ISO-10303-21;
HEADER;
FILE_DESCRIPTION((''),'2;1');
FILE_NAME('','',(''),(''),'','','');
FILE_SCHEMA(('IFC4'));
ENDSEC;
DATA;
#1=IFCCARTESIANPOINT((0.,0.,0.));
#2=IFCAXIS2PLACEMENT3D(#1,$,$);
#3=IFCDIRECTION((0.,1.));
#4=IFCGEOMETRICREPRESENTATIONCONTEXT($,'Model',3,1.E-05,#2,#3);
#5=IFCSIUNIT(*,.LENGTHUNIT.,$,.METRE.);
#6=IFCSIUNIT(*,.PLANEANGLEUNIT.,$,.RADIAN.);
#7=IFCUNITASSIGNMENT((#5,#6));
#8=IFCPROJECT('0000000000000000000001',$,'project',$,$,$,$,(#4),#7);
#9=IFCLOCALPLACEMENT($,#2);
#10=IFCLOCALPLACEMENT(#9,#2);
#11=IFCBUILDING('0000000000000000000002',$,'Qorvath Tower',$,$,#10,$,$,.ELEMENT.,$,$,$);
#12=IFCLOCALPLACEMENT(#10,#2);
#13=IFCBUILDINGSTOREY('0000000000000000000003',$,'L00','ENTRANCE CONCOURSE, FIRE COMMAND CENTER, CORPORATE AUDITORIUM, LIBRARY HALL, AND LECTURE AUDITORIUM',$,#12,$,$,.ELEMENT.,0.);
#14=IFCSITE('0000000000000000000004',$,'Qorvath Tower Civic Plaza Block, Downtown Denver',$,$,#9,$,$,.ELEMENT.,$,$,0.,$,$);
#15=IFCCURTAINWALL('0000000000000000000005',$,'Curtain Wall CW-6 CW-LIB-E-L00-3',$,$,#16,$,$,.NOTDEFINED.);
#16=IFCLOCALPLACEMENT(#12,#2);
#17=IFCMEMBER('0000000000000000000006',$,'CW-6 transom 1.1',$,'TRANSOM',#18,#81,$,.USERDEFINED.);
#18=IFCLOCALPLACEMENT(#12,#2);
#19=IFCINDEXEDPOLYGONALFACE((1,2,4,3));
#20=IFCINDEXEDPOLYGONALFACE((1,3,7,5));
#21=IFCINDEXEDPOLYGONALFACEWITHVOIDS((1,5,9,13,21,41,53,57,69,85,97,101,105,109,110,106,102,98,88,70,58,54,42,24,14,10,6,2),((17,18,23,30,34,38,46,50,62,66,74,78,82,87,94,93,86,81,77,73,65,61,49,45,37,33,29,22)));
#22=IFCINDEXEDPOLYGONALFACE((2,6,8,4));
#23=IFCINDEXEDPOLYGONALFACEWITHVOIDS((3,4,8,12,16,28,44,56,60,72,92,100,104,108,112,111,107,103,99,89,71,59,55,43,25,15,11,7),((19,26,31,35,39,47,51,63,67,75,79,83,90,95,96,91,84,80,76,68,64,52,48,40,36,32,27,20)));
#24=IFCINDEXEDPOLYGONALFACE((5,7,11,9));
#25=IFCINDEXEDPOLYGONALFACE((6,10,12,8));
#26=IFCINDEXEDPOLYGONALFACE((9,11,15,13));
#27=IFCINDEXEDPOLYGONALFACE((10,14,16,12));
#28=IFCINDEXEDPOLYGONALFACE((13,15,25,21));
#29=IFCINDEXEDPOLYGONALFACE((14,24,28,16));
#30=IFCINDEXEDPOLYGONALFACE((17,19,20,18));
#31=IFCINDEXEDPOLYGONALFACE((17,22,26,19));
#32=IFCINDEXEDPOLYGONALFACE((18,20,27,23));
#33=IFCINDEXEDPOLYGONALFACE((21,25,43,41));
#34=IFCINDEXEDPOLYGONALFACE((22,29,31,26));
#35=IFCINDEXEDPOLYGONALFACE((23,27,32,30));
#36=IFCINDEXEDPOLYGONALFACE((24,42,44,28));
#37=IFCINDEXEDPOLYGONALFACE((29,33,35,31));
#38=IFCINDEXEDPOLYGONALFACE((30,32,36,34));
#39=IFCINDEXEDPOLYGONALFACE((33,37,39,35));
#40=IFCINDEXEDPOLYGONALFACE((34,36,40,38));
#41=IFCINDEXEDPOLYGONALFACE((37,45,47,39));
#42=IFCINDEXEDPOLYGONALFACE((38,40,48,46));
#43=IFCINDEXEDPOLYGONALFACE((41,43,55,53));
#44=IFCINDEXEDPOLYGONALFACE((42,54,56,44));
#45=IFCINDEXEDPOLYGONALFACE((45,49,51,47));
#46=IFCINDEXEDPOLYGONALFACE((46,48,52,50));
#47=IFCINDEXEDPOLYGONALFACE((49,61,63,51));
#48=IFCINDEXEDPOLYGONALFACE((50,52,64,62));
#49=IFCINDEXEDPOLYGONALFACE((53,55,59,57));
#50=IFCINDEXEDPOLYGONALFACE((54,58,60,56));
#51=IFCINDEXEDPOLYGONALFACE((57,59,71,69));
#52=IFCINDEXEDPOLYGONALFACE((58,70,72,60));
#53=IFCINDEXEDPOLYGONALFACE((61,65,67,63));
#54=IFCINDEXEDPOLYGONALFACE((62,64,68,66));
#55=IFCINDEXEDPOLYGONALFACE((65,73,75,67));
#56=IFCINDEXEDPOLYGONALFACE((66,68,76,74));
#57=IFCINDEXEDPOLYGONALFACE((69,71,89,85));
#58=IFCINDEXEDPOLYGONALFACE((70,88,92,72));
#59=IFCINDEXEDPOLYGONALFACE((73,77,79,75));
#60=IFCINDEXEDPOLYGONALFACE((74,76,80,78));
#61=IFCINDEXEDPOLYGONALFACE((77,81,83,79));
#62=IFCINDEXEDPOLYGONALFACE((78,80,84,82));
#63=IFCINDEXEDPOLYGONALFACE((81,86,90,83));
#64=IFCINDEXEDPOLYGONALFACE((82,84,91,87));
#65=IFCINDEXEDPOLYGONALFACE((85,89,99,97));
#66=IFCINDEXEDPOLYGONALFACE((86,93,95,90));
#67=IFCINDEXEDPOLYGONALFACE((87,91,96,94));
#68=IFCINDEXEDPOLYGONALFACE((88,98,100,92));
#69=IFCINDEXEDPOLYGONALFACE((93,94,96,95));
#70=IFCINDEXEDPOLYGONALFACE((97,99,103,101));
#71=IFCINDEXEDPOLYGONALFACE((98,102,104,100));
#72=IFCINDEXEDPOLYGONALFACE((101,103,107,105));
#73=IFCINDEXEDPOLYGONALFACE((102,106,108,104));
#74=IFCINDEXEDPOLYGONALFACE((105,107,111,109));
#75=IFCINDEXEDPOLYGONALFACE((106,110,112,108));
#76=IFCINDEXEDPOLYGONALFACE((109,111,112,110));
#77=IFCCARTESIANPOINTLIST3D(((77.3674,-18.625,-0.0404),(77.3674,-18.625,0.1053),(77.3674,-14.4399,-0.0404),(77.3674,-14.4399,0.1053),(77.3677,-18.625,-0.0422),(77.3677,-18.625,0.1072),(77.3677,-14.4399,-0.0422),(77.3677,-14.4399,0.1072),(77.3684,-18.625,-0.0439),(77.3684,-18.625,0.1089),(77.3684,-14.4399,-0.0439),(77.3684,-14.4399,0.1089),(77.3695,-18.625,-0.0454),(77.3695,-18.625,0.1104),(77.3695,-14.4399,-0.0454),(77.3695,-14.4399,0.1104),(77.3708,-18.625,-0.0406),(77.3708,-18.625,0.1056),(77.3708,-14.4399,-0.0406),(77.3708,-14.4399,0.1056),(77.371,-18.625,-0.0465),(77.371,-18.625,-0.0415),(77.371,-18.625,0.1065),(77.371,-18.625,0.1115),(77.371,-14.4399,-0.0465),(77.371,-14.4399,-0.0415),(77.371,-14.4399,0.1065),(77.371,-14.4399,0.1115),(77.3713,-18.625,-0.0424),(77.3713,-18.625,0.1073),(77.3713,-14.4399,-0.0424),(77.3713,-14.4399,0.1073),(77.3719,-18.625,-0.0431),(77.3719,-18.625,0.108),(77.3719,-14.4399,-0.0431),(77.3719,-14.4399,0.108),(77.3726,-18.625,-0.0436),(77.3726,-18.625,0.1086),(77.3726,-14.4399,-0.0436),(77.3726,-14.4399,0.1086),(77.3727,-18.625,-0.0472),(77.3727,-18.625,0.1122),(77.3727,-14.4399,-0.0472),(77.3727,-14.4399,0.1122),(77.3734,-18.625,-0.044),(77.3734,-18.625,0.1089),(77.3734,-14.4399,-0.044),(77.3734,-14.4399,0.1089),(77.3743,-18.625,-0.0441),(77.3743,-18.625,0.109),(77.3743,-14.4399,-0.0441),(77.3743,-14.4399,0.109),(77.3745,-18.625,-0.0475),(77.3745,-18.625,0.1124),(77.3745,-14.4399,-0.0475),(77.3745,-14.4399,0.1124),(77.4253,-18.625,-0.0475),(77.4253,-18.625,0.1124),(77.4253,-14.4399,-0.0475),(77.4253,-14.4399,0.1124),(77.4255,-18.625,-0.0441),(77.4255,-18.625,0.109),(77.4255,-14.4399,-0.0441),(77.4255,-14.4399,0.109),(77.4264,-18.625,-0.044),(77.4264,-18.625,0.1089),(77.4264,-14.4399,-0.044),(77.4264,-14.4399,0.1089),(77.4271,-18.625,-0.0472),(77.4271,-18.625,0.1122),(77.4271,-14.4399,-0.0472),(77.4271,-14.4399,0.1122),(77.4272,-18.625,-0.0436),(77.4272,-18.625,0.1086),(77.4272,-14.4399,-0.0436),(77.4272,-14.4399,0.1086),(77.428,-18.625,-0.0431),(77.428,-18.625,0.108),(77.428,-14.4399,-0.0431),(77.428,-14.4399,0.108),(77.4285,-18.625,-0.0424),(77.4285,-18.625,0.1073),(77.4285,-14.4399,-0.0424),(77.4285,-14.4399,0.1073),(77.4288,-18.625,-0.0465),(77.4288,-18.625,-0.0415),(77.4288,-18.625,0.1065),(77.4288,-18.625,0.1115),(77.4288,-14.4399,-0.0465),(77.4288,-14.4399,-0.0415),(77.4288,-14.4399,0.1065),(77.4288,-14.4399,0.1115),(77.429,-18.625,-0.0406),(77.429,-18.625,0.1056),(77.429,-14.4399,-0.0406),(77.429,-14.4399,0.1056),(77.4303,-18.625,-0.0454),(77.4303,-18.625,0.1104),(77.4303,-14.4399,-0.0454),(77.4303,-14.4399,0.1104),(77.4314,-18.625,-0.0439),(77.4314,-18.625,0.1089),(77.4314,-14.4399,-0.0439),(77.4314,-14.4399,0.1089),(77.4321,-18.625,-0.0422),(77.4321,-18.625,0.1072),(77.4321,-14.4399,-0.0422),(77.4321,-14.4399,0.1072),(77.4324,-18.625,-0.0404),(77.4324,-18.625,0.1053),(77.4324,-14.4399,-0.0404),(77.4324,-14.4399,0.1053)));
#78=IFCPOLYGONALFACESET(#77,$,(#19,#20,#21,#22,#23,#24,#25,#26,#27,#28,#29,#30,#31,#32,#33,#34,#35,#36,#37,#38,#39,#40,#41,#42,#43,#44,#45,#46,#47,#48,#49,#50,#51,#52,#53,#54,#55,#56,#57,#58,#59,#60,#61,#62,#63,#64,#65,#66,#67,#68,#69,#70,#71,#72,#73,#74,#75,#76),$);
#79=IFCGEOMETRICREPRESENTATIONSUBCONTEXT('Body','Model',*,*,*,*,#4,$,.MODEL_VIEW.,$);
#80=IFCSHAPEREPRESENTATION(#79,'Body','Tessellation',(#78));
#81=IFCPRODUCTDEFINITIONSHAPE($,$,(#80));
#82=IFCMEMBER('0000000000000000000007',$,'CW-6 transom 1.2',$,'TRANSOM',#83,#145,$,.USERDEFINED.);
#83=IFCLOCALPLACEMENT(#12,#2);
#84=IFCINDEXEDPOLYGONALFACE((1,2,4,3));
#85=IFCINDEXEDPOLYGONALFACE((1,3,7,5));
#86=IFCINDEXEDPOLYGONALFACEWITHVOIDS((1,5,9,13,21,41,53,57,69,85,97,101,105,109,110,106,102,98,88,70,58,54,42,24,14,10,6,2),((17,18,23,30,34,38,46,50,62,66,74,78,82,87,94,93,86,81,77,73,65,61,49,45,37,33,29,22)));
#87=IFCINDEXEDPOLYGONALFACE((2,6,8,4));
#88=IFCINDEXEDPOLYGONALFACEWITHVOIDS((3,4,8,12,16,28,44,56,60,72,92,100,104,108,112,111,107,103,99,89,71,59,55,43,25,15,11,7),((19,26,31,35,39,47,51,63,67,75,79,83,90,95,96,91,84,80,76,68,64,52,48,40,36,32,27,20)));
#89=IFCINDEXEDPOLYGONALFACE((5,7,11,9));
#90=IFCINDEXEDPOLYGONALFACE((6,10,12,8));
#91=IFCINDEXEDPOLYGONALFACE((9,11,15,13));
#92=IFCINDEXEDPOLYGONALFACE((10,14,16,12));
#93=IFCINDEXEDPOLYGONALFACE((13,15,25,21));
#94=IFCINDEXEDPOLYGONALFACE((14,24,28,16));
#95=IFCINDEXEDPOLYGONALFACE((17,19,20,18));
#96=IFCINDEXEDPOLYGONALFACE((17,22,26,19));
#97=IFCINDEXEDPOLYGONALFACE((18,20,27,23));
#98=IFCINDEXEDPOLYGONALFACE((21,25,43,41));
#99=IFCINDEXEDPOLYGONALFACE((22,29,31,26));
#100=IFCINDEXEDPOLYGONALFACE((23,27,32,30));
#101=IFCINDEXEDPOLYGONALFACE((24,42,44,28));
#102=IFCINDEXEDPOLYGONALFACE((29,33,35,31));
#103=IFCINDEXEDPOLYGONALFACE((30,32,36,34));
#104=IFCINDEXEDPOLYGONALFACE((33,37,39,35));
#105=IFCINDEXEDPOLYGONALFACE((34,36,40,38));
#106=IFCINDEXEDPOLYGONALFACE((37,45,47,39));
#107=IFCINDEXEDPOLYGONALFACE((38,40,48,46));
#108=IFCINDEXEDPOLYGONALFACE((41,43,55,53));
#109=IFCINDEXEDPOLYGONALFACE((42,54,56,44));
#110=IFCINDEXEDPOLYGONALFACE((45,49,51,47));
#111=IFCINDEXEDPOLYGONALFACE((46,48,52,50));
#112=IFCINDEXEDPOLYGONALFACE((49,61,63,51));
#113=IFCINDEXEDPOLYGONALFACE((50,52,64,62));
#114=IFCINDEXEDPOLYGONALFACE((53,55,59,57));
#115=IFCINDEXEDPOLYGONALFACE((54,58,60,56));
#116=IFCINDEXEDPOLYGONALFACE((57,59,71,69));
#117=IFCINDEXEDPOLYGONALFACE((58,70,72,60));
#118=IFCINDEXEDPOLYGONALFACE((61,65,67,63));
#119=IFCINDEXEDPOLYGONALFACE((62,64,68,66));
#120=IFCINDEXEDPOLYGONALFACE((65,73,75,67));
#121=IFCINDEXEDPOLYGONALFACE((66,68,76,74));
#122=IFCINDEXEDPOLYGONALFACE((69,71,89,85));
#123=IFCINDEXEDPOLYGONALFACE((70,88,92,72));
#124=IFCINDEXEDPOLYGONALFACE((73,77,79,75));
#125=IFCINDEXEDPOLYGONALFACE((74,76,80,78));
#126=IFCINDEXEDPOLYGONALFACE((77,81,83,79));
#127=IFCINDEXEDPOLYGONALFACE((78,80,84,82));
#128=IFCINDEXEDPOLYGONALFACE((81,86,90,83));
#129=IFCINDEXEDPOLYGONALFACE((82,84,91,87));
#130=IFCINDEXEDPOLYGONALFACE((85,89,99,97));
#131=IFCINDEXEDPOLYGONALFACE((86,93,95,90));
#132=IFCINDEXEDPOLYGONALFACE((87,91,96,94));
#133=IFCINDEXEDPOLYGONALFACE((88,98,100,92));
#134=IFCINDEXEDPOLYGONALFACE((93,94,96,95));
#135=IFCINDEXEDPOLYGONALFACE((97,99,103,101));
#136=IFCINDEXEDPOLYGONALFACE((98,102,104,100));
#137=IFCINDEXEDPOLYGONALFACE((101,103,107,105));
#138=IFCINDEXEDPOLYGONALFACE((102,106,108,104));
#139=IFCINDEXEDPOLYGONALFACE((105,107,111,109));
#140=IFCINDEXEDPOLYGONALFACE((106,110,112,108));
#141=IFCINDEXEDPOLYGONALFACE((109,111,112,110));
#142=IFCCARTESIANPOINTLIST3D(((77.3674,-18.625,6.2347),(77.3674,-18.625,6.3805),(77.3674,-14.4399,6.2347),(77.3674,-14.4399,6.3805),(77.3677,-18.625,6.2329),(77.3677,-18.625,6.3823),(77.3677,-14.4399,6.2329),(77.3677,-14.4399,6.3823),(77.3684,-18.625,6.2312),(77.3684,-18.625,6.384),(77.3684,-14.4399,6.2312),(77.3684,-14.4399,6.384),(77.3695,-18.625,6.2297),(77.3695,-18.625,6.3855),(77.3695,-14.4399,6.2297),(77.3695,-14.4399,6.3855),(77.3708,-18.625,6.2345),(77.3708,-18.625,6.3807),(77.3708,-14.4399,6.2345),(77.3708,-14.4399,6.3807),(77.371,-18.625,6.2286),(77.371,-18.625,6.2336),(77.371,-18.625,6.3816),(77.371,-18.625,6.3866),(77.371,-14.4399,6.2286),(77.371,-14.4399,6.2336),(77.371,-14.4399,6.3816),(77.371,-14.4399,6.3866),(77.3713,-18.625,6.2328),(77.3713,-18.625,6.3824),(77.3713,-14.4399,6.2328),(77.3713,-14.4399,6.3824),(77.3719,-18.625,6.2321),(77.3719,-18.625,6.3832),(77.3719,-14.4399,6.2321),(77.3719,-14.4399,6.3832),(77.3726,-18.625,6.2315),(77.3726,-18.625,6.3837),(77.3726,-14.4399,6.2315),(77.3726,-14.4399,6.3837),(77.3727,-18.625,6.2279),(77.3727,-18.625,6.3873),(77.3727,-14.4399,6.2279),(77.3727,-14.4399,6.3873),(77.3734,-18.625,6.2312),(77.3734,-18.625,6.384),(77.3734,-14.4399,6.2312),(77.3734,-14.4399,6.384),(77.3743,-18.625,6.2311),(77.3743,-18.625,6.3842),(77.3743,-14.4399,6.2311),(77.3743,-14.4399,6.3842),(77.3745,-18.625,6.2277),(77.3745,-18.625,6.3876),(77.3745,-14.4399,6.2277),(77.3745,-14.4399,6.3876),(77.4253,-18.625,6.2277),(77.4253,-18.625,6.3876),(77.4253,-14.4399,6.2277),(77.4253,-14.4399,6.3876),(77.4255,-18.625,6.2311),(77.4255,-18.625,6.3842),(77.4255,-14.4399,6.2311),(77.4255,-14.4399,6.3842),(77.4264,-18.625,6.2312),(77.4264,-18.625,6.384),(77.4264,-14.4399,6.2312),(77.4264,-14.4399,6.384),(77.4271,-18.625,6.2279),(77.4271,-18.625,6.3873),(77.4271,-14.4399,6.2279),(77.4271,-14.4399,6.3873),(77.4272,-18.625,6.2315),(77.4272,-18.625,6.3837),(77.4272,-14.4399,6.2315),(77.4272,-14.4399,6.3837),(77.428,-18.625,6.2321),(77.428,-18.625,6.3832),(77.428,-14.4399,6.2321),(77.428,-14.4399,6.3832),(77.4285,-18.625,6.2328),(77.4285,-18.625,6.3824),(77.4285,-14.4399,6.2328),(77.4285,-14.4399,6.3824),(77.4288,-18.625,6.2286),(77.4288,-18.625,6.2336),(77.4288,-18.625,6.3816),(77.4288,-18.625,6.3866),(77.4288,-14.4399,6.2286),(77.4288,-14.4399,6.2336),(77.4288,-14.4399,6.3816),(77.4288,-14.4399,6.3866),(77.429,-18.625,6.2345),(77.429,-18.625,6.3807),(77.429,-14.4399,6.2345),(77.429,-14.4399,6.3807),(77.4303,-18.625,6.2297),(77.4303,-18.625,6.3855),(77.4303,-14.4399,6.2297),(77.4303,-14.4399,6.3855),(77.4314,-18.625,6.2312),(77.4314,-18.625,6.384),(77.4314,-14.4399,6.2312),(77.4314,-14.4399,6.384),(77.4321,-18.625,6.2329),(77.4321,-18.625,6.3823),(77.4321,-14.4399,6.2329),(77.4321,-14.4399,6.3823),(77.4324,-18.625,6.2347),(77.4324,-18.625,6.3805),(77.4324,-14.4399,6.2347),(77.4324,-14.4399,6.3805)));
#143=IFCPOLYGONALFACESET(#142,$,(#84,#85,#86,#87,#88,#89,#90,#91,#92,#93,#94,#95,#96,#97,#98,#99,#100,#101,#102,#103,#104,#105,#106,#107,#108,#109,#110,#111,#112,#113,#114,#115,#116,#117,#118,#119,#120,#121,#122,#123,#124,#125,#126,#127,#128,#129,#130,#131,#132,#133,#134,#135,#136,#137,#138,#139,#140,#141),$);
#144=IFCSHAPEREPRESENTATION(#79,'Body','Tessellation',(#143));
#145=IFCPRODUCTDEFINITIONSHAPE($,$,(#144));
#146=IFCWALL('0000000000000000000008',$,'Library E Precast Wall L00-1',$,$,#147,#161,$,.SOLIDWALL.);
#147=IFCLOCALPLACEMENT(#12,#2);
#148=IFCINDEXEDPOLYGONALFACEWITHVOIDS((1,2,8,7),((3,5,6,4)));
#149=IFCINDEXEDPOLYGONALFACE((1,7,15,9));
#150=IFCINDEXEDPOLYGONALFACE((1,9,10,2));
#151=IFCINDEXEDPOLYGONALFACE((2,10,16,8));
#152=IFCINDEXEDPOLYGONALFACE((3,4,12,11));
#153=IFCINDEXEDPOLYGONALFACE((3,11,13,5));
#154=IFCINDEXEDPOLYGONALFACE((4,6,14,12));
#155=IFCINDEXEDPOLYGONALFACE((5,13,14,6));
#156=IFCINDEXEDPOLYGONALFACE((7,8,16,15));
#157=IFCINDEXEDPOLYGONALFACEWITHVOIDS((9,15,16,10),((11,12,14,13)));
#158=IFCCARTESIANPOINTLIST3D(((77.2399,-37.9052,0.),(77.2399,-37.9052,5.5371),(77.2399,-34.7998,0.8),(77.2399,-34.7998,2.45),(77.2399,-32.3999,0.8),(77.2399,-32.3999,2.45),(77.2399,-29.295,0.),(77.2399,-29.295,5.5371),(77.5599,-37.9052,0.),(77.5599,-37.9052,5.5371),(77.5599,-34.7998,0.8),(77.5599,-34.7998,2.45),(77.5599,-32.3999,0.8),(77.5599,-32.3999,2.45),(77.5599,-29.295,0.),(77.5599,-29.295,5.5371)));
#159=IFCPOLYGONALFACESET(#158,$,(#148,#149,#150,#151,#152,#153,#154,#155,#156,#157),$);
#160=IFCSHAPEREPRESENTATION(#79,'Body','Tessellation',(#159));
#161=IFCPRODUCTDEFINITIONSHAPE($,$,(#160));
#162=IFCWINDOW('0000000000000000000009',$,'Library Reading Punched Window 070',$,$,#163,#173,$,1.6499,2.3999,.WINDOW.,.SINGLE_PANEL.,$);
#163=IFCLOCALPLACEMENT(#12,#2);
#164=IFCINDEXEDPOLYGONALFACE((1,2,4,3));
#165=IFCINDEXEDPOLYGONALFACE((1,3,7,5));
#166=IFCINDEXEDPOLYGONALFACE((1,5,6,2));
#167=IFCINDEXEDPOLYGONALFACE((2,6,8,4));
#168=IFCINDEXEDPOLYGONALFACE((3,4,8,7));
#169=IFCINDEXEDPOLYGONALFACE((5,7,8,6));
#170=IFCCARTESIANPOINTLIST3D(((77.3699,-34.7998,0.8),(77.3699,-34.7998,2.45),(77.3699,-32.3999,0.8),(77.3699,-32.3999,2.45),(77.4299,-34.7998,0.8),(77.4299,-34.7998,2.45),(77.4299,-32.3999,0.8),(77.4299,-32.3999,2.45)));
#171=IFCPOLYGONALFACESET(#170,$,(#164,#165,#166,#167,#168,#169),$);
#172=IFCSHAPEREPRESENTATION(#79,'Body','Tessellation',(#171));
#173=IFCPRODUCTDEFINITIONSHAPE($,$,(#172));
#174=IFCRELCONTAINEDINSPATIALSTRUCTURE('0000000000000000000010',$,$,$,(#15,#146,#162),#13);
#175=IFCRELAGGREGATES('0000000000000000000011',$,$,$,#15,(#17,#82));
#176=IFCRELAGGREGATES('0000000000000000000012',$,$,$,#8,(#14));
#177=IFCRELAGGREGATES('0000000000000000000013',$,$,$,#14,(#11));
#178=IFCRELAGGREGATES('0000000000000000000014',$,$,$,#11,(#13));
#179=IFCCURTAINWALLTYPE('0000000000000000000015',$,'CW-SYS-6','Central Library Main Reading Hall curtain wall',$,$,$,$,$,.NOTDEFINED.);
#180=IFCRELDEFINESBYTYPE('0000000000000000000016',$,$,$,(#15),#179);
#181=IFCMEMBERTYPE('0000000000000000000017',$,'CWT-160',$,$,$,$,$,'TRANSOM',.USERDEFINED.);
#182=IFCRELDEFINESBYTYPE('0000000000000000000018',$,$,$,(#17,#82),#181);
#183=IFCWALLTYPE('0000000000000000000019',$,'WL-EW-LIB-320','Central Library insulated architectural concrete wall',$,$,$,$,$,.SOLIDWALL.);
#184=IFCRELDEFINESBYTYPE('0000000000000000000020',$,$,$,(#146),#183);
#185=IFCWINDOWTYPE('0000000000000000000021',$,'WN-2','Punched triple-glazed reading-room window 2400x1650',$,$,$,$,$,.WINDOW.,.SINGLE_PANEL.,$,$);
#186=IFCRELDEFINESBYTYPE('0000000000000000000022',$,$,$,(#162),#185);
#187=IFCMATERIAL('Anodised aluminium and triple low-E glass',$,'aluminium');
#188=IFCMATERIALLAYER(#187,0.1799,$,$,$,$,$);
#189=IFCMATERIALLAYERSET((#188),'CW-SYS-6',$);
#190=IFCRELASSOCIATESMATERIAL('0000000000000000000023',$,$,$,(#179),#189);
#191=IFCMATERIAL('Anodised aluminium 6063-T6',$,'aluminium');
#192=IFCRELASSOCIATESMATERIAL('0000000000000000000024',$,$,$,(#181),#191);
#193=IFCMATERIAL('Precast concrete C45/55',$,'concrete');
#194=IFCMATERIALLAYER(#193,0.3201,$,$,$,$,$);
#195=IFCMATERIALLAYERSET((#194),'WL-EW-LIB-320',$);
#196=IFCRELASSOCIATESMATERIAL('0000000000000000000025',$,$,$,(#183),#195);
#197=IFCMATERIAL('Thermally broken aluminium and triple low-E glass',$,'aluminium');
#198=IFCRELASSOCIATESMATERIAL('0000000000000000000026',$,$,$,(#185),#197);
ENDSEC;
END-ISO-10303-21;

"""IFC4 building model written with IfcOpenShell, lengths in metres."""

from ifc_helpers import new_model, si_unit, direction, frame, frame_2d, origin, origin_2d, place, context, subcontext, project, spatial, rectangle, hollow_rectangle, extrude, material, layer, layer_set, material_profile, profile_set, type_object, element, fill, aggregate, save


model = new_model("IFC4")

# Units and contexts
model_context = context("Model", 3, precision=1e-05, world=origin(), true_north=direction((0.0, 1.0)))
body_context = subcontext(model_context, "Body", "Model", "MODEL_VIEW")
ifc_project = project(units=[si_unit("LENGTHUNIT", "METRE"), si_unit("PLANEANGLEUNIT", "RADIAN")], contexts=[model_context])

# Site, building, storey
site_placement = place(None, origin())
site = spatial("IfcSite", under=ifc_project, at=site_placement, Name="Qorvath Tower Civic Plaza Block, Downtown Denver", CompositionType="ELEMENT", RefElevation=0.0)
building_placement = place(site_placement, origin())
building = spatial("IfcBuilding", under=site, at=building_placement, Name="Qorvath Tower", CompositionType="ELEMENT")
storey_placement = place(building_placement, origin())
storey = spatial("IfcBuildingStorey", under=building, at=storey_placement, Name="L00", Description="ENTRANCE CONCOURSE, FIRE COMMAND CENTER, CORPORATE AUDITORIUM, LIBRARY HALL, AND LECTURE AUDITORIUM", CompositionType="ELEMENT", Elevation=0.0)

# Curtain wall, members
ifc_material_1 = material(Name="Anodised aluminium and triple low-E glass", Category="aluminium")
ifc_layer_1 = layer(ifc_material_1, 0.1799)
ifc_layer_set_1 = layer_set([ifc_layer_1], Name="CW-SYS-6")
curtain_wall_type = type_object("IfcCurtainWallType", Name="CW-SYS-6", Description="Central Library Main Reading Hall curtain wall", PredefinedType="NOTDEFINED", material=ifc_layer_set_1)
curtain_wall_placement = place(storey_placement, origin())
curtain_wall = element("IfcCurtainWall", 1, at=curtain_wall_placement, inside=storey, type_object=curtain_wall_type, Name="Curtain Wall CW-6 CW-LIB-E-L00-3", PredefinedType="NOTDEFINED")
ifc_material_2 = material(Name="Anodised aluminium 6063-T6", Category="aluminium")
ifc_material_profile_1 = material_profile(ifc_material_2, hollow_rectangle(XDim=0.0649, YDim=0.1599, WallThickness=0.0034, InnerFilletRadius=0.0034, OuterFilletRadius=0.0071, at=origin_2d()), Name="CWT 160x65")
ifc_profile_set_1 = profile_set([ifc_material_profile_1], Name="Anodised aluminium 6063-T6")
member_type_1 = type_object("IfcMemberType", Name="CWT-160", ElementType="TRANSOM", PredefinedType="USERDEFINED", material=ifc_profile_set_1)
member_1_placement = place(storey_placement, frame((77.3999, -18.625, 0.0325), z_axis=(0.0, 1.0, 0.0), x_axis=(-1.0, 0.0, 0.0)))
member_1 = element("IfcMember", 2, at=member_1_placement, type_object=member_type_1, Name="CW-6 transom 1.1", ObjectType="TRANSOM", PredefinedType="USERDEFINED", context=body_context, shape_type="SweptSolid", body=[
    extrude(hollow_rectangle(XDim=0.0649, YDim=0.1599, WallThickness=0.0034, InnerFilletRadius=0.0034, OuterFilletRadius=0.0071, at=origin_2d()), origin(), (0.0, 0.0, 1.0), 4.1851),
])
member_2_placement = place(storey_placement, frame((77.3999, -18.625, 6.3076), z_axis=(0.0, 1.0, 0.0), x_axis=(-1.0, 0.0, 0.0)))
member_2 = element("IfcMember", 3, at=member_2_placement, type_object=member_type_1, Name="CW-6 transom 1.2", ObjectType="TRANSOM", PredefinedType="USERDEFINED", context=body_context, shape_type="SweptSolid", body=[
    extrude(hollow_rectangle(XDim=0.0649, YDim=0.1599, WallThickness=0.0034, InnerFilletRadius=0.0034, OuterFilletRadius=0.0071, at=origin_2d()), origin(), (0.0, 0.0, 1.0), 4.1851),
])
aggregate(curtain_wall, [member_1, member_2])

# Wall, opening, window
ifc_material_3 = material(Name="Precast concrete C45/55", Category="concrete")
ifc_layer_2 = layer(ifc_material_3, 0.3201)
ifc_layer_set_2 = layer_set([ifc_layer_2], Name="WL-EW-LIB-320")
wall_type = type_object("IfcWallType", Name="WL-EW-LIB-320", Description="Central Library insulated architectural concrete wall", PredefinedType="SOLIDWALL", material=ifc_layer_set_2)
wall_1_placement = place(storey_placement, frame((77.3999, -29.2949, 0.0), z_axis=(0.0, 0.0, 1.0), x_axis=(0.0, -1.0, 0.0)))
wall_1 = element("IfcWall", 4, at=wall_1_placement, inside=storey, type_object=wall_type, Name="Library E Precast Wall L00-1", PredefinedType="SOLIDWALL", context=body_context, shape_type="SweptSolid", body=[
    extrude(rectangle(XDim=8.6101, YDim=0.3201, at=frame_2d((4.3052, 0.0))), origin(), (0.0, 0.0, 1.0), 5.5371),
])
opening_1_placement = place(wall_1_placement, frame((3.105, 0.0, 0.8)))
opening_1 = element("IfcOpeningElement", 5, at=opening_1_placement, cuts=wall_1, PredefinedType="OPENING", context=body_context, shape_type="SweptSolid", body=[
    extrude(rectangle(XDim=2.3999, YDim=1.6499, at=frame_2d((1.2, 0.825))), frame((0.0, 0.1699, 0.0), z_axis=(0.0, -1.0, 0.0), x_axis=(1.0, 0.0, 0.0)), (0.0, 0.0, 1.0), 0.3401),
])
ifc_material_4 = material(Name="Thermally broken aluminium and triple low-E glass", Category="aluminium")
window_type = type_object("IfcWindowType", Name="WN-2", Description="Punched triple-glazed reading-room window 2400x1650", PartitioningType="SINGLE_PANEL", PredefinedType="WINDOW", material=ifc_material_4)
window_1_placement = place(opening_1_placement, origin())
window_1 = element("IfcWindow", 6, at=window_1_placement, inside=storey, type_object=window_type, Name="Library Reading Punched Window 070", OverallHeight=1.6499, OverallWidth=2.3999, PartitioningType="SINGLE_PANEL", PredefinedType="WINDOW", context=body_context, shape_type="SweptSolid", body=[
    extrude(rectangle(XDim=2.3999, YDim=1.6499, at=frame_2d((1.2, 0.825))), frame((0.0, 0.03, 0.0), z_axis=(0.0, -1.0, 0.0), x_axis=(1.0, 0.0, 0.0)), (0.0, 0.0, 1.0), 0.0601),
])
fill(opening_1, window_1)

save(model, "model.ifc")
